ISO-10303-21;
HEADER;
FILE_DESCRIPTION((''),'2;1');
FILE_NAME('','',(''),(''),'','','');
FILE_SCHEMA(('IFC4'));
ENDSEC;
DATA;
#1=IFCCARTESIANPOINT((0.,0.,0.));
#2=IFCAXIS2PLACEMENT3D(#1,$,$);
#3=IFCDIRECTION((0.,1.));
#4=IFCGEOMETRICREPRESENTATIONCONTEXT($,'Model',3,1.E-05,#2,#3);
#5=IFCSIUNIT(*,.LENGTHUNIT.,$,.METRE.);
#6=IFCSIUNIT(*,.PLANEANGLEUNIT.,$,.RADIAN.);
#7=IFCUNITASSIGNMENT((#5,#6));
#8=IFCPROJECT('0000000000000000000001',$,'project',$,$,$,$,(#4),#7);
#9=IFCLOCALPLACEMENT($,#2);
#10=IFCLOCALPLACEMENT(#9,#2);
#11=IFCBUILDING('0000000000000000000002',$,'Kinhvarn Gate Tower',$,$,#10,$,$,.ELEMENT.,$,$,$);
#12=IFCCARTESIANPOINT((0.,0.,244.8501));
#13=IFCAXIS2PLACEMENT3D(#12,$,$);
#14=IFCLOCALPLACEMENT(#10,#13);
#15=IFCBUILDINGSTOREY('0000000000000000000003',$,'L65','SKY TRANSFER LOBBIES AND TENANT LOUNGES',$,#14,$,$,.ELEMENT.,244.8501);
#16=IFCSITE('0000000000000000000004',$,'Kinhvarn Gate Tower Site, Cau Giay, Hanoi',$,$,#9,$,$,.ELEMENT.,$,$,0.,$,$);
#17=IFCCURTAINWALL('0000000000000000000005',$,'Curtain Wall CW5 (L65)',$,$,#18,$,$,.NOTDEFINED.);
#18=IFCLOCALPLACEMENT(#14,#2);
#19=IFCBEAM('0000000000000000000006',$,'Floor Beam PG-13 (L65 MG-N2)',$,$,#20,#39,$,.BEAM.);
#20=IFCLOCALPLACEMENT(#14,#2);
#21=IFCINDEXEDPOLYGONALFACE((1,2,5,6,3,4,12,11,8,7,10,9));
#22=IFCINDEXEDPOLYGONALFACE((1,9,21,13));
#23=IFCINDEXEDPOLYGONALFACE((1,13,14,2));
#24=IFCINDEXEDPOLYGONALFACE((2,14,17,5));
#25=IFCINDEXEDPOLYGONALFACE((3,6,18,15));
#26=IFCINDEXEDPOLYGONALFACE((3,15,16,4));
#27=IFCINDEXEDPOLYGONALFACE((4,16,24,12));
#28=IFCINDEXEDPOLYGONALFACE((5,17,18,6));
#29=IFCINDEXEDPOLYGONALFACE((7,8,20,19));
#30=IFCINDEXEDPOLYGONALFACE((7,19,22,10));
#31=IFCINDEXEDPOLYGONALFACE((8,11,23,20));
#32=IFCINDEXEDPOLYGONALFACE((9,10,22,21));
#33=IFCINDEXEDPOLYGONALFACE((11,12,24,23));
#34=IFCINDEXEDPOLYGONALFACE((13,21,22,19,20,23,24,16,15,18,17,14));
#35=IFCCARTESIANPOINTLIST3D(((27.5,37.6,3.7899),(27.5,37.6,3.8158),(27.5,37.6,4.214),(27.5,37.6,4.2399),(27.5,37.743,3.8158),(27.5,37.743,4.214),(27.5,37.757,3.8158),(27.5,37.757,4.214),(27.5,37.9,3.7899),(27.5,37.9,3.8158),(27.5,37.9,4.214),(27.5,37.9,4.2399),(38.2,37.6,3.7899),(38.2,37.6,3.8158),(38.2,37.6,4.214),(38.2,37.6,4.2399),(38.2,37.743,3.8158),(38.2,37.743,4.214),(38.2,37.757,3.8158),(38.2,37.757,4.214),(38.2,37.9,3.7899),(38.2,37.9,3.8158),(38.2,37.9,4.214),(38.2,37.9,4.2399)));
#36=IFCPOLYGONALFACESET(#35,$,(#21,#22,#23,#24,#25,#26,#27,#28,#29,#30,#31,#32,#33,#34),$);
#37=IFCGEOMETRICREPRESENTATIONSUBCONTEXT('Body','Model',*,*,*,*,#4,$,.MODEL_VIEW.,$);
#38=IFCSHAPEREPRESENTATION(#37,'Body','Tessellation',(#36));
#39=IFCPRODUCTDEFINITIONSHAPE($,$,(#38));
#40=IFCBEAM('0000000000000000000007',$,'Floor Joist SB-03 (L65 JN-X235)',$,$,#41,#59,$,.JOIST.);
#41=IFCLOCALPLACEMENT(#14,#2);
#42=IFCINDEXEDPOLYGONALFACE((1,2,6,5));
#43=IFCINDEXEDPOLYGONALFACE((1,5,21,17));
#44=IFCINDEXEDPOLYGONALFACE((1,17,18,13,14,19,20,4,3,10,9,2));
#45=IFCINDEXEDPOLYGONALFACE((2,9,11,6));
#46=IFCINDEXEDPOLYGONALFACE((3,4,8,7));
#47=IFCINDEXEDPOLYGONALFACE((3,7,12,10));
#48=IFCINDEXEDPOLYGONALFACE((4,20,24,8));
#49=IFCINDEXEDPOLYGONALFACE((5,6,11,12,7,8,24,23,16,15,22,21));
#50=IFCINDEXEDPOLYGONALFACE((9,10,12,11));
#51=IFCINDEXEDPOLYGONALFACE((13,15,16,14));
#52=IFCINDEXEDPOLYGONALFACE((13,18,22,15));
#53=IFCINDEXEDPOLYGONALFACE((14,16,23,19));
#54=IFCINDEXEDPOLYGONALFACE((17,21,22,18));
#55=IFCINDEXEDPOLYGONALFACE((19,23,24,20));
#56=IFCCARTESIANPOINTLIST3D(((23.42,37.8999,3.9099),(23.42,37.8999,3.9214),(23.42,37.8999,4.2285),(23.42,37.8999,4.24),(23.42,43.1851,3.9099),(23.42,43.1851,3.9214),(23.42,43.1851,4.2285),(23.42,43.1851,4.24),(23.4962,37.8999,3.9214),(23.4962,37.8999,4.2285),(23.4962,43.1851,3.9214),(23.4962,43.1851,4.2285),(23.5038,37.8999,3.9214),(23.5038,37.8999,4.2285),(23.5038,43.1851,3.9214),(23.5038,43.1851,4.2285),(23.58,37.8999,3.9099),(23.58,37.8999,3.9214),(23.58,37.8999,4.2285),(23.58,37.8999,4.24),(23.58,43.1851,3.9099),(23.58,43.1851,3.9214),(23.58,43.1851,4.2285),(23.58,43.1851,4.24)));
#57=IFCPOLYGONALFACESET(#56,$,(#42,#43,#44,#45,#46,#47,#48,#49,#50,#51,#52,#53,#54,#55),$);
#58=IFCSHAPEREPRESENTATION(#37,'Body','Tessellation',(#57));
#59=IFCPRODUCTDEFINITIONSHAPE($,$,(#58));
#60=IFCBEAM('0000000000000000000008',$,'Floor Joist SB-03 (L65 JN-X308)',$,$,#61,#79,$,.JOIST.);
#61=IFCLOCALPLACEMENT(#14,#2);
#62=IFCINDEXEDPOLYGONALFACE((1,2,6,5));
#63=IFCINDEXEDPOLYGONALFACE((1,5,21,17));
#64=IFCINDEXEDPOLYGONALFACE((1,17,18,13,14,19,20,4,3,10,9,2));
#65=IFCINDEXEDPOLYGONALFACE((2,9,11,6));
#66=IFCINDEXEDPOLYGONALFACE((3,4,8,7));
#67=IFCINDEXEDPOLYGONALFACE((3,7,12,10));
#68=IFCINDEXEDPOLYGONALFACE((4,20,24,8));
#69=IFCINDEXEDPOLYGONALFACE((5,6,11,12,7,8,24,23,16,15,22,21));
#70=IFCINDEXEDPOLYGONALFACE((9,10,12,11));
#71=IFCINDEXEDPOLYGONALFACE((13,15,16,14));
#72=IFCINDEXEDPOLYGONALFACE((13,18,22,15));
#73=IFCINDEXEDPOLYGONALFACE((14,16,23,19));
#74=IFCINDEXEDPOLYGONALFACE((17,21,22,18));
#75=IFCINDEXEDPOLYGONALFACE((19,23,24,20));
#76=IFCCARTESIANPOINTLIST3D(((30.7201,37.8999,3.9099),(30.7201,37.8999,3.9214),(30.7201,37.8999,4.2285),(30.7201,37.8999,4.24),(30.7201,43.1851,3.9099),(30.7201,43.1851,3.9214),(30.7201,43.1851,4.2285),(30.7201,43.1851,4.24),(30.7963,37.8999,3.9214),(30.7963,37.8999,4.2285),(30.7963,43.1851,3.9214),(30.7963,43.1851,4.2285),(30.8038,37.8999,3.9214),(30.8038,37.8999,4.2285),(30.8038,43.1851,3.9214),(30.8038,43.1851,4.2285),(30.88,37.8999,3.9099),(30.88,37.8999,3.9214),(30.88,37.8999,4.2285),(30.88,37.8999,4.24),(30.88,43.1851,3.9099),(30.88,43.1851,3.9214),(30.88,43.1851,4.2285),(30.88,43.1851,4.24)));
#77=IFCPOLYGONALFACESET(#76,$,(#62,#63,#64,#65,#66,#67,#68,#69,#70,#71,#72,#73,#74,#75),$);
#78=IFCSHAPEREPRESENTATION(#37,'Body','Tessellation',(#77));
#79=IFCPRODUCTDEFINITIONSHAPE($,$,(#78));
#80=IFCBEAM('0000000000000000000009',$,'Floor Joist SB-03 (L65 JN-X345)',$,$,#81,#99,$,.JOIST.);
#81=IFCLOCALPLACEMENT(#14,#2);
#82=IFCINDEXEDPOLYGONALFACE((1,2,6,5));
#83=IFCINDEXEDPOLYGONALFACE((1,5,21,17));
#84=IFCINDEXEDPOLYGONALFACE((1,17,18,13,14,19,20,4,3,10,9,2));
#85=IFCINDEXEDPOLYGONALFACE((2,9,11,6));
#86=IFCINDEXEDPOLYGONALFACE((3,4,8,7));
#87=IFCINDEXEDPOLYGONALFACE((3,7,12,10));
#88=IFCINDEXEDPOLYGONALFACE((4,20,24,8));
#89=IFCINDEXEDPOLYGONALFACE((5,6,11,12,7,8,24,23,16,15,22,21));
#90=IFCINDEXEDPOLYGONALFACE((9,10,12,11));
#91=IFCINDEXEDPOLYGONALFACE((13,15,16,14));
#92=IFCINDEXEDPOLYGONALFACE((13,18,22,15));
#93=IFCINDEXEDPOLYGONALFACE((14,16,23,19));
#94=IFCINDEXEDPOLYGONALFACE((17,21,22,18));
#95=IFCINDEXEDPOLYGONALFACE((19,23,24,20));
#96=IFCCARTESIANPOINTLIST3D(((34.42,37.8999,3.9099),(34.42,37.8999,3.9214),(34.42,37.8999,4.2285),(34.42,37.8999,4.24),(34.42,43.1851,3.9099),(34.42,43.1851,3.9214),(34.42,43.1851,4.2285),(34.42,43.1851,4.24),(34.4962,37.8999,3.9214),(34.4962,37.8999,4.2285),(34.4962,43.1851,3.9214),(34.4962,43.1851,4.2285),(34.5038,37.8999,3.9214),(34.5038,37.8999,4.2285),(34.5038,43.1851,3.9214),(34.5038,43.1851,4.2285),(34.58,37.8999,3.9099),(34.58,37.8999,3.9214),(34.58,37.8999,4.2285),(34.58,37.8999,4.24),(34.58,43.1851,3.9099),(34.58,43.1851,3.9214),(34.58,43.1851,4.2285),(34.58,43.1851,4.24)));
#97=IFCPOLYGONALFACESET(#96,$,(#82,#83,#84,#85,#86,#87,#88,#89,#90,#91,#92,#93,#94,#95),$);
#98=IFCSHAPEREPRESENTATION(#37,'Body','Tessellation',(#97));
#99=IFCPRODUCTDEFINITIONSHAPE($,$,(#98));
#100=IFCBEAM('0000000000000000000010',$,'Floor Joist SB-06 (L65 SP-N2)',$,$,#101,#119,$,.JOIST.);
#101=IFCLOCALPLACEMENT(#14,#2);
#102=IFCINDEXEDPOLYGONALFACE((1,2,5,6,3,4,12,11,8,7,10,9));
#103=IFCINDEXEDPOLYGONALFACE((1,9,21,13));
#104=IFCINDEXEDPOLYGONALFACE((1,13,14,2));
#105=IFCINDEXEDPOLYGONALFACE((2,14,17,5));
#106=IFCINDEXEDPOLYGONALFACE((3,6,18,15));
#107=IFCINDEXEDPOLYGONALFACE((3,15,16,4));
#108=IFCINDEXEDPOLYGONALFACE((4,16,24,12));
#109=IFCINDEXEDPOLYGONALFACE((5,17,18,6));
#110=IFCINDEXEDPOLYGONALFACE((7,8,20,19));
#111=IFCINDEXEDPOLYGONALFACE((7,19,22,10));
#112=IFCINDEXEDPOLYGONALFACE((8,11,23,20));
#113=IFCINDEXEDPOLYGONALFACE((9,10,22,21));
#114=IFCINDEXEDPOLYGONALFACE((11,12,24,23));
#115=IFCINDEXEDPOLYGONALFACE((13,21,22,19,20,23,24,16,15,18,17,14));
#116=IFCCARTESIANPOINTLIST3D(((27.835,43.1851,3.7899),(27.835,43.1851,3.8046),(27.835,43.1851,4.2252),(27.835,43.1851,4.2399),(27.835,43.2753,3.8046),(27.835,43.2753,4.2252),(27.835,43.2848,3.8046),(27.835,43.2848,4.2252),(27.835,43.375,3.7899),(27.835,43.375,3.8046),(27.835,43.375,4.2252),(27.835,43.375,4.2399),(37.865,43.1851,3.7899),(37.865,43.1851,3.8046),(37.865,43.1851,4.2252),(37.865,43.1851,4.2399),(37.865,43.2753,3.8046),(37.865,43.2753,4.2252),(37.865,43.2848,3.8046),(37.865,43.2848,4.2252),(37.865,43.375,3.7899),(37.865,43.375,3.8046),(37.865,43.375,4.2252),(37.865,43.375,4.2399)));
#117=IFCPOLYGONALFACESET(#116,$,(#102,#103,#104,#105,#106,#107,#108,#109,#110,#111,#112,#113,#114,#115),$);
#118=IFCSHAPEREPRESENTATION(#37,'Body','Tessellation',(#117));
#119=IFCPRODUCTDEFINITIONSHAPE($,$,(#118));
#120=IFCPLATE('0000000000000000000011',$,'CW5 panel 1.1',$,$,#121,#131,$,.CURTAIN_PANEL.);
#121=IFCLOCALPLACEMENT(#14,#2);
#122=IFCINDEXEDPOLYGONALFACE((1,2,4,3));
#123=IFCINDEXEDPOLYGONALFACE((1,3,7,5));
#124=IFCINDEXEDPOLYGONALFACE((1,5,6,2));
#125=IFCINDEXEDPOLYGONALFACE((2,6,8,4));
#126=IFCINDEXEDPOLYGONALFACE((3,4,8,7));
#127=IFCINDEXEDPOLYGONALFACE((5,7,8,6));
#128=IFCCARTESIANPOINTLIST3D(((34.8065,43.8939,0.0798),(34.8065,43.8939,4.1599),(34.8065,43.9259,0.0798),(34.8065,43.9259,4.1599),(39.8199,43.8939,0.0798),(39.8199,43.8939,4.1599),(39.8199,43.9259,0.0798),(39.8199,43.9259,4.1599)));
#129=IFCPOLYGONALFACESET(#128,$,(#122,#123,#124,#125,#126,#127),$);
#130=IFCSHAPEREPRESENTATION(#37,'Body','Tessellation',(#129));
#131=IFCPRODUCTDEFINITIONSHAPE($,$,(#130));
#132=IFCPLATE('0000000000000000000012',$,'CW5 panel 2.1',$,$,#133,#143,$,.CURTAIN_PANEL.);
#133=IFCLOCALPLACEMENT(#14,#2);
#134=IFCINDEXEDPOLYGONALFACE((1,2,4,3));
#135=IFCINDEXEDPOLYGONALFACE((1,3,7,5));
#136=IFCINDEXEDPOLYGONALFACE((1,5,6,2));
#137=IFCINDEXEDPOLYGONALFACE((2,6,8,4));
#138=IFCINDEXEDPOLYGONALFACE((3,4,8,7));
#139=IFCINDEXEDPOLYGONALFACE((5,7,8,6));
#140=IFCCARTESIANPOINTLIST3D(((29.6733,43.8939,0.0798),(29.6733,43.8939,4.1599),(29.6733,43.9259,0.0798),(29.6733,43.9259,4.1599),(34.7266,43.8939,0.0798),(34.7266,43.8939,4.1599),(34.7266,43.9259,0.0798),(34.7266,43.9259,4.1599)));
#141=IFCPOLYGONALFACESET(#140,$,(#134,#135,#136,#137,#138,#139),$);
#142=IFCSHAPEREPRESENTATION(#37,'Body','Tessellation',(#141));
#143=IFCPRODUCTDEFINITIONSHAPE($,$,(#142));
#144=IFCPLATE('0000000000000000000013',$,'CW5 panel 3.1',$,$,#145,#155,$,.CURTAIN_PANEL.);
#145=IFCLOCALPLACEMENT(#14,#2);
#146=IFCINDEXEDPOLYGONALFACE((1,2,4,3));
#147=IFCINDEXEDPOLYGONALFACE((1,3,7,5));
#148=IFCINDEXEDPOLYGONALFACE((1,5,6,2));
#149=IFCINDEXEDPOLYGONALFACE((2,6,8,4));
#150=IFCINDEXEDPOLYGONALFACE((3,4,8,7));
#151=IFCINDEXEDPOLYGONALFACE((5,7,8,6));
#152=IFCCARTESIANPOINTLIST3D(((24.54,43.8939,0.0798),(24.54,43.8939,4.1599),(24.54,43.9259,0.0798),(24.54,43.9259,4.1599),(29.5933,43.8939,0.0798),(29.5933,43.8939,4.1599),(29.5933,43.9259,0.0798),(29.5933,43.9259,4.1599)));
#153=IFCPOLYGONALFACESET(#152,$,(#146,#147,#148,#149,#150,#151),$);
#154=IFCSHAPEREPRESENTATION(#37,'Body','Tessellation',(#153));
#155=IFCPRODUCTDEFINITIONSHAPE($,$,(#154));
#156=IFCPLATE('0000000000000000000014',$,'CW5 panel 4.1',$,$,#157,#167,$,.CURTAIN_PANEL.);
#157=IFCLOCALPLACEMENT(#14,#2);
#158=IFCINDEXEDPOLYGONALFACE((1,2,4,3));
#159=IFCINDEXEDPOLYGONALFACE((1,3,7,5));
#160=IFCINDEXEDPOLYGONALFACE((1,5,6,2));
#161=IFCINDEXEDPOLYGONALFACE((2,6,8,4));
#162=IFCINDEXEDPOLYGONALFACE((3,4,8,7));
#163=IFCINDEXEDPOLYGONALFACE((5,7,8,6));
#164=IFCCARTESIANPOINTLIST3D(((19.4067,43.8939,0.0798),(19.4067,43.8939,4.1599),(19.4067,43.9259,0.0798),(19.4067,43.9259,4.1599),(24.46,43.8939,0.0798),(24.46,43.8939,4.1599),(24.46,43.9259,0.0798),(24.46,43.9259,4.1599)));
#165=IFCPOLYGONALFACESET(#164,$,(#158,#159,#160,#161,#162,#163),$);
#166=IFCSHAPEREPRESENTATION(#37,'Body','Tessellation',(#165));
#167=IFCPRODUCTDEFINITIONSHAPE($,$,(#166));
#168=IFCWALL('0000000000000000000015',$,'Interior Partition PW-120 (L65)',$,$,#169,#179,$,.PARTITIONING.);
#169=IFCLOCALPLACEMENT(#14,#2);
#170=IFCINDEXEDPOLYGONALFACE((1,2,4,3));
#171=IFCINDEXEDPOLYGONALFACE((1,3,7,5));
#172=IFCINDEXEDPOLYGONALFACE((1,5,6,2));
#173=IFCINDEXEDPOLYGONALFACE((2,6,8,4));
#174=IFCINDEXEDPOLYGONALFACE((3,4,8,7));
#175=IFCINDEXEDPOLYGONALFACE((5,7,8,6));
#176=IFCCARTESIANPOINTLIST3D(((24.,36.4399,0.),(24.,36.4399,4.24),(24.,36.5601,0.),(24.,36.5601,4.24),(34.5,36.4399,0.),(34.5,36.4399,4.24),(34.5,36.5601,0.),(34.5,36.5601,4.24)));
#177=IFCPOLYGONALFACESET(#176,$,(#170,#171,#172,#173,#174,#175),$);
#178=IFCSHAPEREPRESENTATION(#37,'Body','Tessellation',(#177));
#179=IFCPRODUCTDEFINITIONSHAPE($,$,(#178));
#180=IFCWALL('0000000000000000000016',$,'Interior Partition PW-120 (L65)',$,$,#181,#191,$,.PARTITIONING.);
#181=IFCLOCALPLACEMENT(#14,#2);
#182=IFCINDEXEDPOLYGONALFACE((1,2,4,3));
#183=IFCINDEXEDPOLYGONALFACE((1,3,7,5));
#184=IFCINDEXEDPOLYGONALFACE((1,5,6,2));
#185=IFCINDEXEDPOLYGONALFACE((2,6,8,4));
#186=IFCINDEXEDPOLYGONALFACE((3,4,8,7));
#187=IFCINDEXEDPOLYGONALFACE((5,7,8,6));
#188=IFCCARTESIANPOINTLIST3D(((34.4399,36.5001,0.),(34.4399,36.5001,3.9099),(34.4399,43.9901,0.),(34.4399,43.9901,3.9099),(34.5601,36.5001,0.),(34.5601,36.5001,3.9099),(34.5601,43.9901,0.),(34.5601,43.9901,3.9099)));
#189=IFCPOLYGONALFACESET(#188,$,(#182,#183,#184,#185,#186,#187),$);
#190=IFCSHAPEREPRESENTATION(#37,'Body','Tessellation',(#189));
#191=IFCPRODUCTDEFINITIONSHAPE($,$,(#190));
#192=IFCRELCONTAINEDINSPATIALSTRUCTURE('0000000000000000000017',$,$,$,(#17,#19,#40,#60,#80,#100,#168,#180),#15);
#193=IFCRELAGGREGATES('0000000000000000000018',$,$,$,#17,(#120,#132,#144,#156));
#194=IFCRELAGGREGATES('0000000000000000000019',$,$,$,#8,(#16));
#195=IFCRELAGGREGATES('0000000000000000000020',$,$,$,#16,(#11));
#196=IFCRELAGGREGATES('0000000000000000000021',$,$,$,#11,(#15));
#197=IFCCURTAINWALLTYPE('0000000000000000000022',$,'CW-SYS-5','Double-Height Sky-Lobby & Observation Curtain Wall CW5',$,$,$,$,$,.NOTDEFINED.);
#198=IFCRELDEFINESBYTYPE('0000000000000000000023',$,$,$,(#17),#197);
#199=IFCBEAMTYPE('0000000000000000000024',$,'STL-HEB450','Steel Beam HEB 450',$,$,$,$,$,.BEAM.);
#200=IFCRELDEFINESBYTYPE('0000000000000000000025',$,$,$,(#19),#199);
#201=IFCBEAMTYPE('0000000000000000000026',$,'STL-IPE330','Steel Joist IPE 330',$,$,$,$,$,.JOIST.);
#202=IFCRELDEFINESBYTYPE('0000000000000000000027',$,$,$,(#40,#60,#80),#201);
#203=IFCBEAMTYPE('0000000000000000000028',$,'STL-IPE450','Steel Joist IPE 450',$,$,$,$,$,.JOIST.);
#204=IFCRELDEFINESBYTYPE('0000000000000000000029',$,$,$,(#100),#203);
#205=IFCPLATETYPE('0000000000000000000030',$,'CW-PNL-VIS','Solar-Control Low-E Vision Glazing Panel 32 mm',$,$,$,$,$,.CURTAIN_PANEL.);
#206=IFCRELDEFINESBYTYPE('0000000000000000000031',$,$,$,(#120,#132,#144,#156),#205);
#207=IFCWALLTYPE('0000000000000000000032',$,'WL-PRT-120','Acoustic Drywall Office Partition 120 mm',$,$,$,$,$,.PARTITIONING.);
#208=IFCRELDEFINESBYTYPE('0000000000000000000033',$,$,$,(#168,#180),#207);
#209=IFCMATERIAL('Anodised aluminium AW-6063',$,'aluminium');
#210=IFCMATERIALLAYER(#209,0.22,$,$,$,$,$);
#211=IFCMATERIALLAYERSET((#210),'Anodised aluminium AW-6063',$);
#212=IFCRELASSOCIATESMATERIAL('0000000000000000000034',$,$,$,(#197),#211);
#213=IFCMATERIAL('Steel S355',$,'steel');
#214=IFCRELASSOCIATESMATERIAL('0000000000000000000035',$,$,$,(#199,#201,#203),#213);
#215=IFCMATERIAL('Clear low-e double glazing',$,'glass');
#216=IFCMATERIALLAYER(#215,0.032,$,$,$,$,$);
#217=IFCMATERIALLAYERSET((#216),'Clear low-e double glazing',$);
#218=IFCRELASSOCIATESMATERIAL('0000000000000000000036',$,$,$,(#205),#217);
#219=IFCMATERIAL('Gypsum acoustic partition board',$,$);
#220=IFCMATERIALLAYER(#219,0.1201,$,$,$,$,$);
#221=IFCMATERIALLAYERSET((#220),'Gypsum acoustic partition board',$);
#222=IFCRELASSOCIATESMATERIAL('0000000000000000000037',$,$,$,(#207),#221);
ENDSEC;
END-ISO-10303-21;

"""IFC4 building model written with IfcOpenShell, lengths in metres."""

from ifc_helpers import new_model, si_unit, direction, frame, frame_2d, origin, origin_2d, place, context, subcontext, project, spatial, rectangle, i_section, extrude, material, layer, layer_set, material_profile, profile_set, type_object, element, aggregate, save


model = new_model("IFC4")

# Units and contexts
model_context = context("Model", 3, precision=1e-05, world=origin(), true_north=direction((0.0, 1.0)))
body_context = subcontext(model_context, "Body", "Model", "MODEL_VIEW")
ifc_project = project(units=[si_unit("LENGTHUNIT", "METRE"), si_unit("PLANEANGLEUNIT", "RADIAN")], contexts=[model_context])

# Site, building, storey
site_placement = place(None, origin())
site = spatial("IfcSite", under=ifc_project, at=site_placement, Name="Kinhvarn Gate Tower Site, Cau Giay, Hanoi", CompositionType="ELEMENT", RefElevation=0.0)
building_placement = place(site_placement, origin())
building = spatial("IfcBuilding", under=site, at=building_placement, Name="Kinhvarn Gate Tower", CompositionType="ELEMENT")
storey_placement = place(building_placement, frame((0.0, 0.0, 244.8501)))
storey = spatial("IfcBuildingStorey", under=building, at=storey_placement, Name="L65", Description="SKY TRANSFER LOBBIES AND TENANT LOUNGES", CompositionType="ELEMENT", Elevation=244.8501)

# Curtain wall
ifc_material_1 = material(Name="Anodised aluminium AW-6063", Category="aluminium")
ifc_layer_1 = layer(ifc_material_1, 0.22)
ifc_layer_set_1 = layer_set([ifc_layer_1], Name="Anodised aluminium AW-6063")
curtain_wall_type = type_object("IfcCurtainWallType", Name="CW-SYS-5", Description="Double-Height Sky-Lobby & Observation Curtain Wall CW5", PredefinedType="NOTDEFINED", material=ifc_layer_set_1)
curtain_wall_placement = place(storey_placement, origin())
curtain_wall = element("IfcCurtainWall", 1, at=curtain_wall_placement, inside=storey, type_object=curtain_wall_type, Name="Curtain Wall CW5 (L65)", PredefinedType="NOTDEFINED")

# Beams
ifc_material_2 = material(Name="Steel S355", Category="steel")
ifc_material_profile_1 = material_profile(ifc_material_2, i_section(OverallWidth=0.3, OverallDepth=0.45, WebThickness=0.0139, FlangeThickness=0.0259, at=origin_2d()), Name="HEB 450")
ifc_profile_set_1 = profile_set([ifc_material_profile_1], Name="Steel S355")
beam_type_1 = type_object("IfcBeamType", Name="STL-HEB450", Description="Steel Beam HEB 450", PredefinedType="BEAM", material=ifc_profile_set_1)
beam_1_placement = place(storey_placement, frame((27.5, 37.75, 4.0149), z_axis=(1.0, 0.0, 0.0), x_axis=(0.0, 1.0, 0.0)))
element("IfcBeam", 2, at=beam_1_placement, inside=storey, type_object=beam_type_1, Name="Floor Beam PG-13 (L65 MG-N2)", PredefinedType="BEAM", context=body_context, shape_type="SweptSolid", body=[
    extrude(i_section(OverallWidth=0.3, OverallDepth=0.45, WebThickness=0.0139, FlangeThickness=0.0259, at=origin_2d()), origin(), (0.0, 0.0, 1.0), 10.7),
])
ifc_material_profile_2 = material_profile(ifc_material_2, i_section(OverallWidth=0.1599, OverallDepth=0.3301, WebThickness=0.0076, FlangeThickness=0.0115, at=origin_2d()), Name="IPE 330")
ifc_profile_set_2 = profile_set([ifc_material_profile_2], Name="Steel S355")
beam_type_2 = type_object("IfcBeamType", Name="STL-IPE330", Description="Steel Joist IPE 330", PredefinedType="JOIST", material=ifc_profile_set_2)
for number, where, z_axis, x_axis, name in (
    (3, (23.5, 37.8999, 4.075), (0.0, 1.0, 0.0), (-1.0, 0.0, 0.0), "Floor Joist SB-03 (L65 JN-X235)"),
    (4, (30.8, 37.8999, 4.075), (0.0, 1.0, 0.0), (-1.0, 0.0, 0.0), "Floor Joist SB-03 (L65 JN-X308)"),
    (5, (34.5, 37.8999, 4.075), (0.0, 1.0, 0.0), (-1.0, 0.0, 0.0), "Floor Joist SB-03 (L65 JN-X345)"),
):
    element("IfcBeam", number, at=place(storey_placement, frame(where, z_axis=z_axis, x_axis=x_axis)), inside=storey, type_object=beam_type_2, Name=name, PredefinedType="JOIST", context=body_context, shape_type="SweptSolid", body=[
        extrude(i_section(OverallWidth=0.1599, OverallDepth=0.3301, WebThickness=0.0076, FlangeThickness=0.0115, at=origin_2d()), origin(), (0.0, 0.0, 1.0), 5.2852),
    ])
ifc_material_profile_3 = material_profile(ifc_material_2, i_section(OverallWidth=0.1899, OverallDepth=0.45, WebThickness=0.0095, FlangeThickness=0.0146, at=origin_2d()), Name="IPE 450")
ifc_profile_set_3 = profile_set([ifc_material_profile_3], Name="Steel S355")
beam_type_3 = type_object("IfcBeamType", Name="STL-IPE450", Description="Steel Joist IPE 450", PredefinedType="JOIST", material=ifc_profile_set_3)
beam_2_placement = place(storey_placement, frame((27.835, 43.28, 4.0149), z_axis=(1.0, 0.0, 0.0), x_axis=(0.0, 1.0, 0.0)))
element("IfcBeam", 6, at=beam_2_placement, inside=storey, type_object=beam_type_3, Name="Floor Joist SB-06 (L65 SP-N2)", PredefinedType="JOIST", context=body_context, shape_type="SweptSolid", body=[
    extrude(i_section(OverallWidth=0.1899, OverallDepth=0.45, WebThickness=0.0095, FlangeThickness=0.0146, at=origin_2d()), origin(), (0.0, 0.0, 1.0), 10.03),
])

# Plates
ifc_material_3 = material(Name="Clear low-e double glazing", Category="glass")
ifc_layer_2 = layer(ifc_material_3, 0.032)
ifc_layer_set_2 = layer_set([ifc_layer_2], Name="Clear low-e double glazing")
plate_type = type_object("IfcPlateType", Name="CW-PNL-VIS", Description="Solar-Control Low-E Vision Glazing Panel 32 mm", PredefinedType="CURTAIN_PANEL", material=ifc_layer_set_2)
plate_1_placement = place(storey_placement, frame((37.3132, 43.9099, 0.0798), z_axis=(0.0, 0.0, 1.0), x_axis=(-1.0, 0.0, 0.0)))
plate_1 = element("IfcPlate", 7, at=plate_1_placement, type_object=plate_type, Name="CW5 panel 1.1", PredefinedType="CURTAIN_PANEL", context=body_context, shape_type="SweptSolid", body=[
    extrude(rectangle(XDim=5.0134, YDim=0.032, at=origin_2d()), origin(), (0.0, 0.0, 1.0), 4.0801),
])
plate_2_placement = place(storey_placement, frame((32.2, 43.9099, 0.0798), z_axis=(0.0, 0.0, 1.0), x_axis=(-1.0, 0.0, 0.0)))
plate_2 = element("IfcPlate", 8, at=plate_2_placement, type_object=plate_type, Name="CW5 panel 2.1", PredefinedType="CURTAIN_PANEL", context=body_context, shape_type="SweptSolid", body=[
    extrude(rectangle(XDim=5.0532, YDim=0.032, at=origin_2d()), origin(), (0.0, 0.0, 1.0), 4.0801),
])
plate_3_placement = place(storey_placement, frame((27.0667, 43.9099, 0.0798), z_axis=(0.0, 0.0, 1.0), x_axis=(-1.0, 0.0, 0.0)))
plate_3 = element("IfcPlate", 9, at=plate_3_placement, type_object=plate_type, Name="CW5 panel 3.1", PredefinedType="CURTAIN_PANEL", context=body_context, shape_type="SweptSolid", body=[
    extrude(rectangle(XDim=5.0532, YDim=0.032, at=origin_2d()), origin(), (0.0, 0.0, 1.0), 4.0801),
])
plate_4_placement = place(storey_placement, frame((21.9333, 43.9099, 0.0798), z_axis=(0.0, 0.0, 1.0), x_axis=(-1.0, 0.0, 0.0)))
plate_4 = element("IfcPlate", 10, at=plate_4_placement, type_object=plate_type, Name="CW5 panel 4.1", PredefinedType="CURTAIN_PANEL", context=body_context, shape_type="SweptSolid", body=[
    extrude(rectangle(XDim=5.0532, YDim=0.032, at=origin_2d()), origin(), (0.0, 0.0, 1.0), 4.0801),
])
aggregate(curtain_wall, [plate_1, plate_2, plate_3, plate_4])

# Walls
ifc_material_4 = material(Name="Gypsum acoustic partition board")
ifc_layer_3 = layer(ifc_material_4, 0.1201)
ifc_layer_set_3 = layer_set([ifc_layer_3], Name="Gypsum acoustic partition board")
wall_type = type_object("IfcWallType", Name="WL-PRT-120", Description="Acoustic Drywall Office Partition 120 mm", PredefinedType="PARTITIONING", material=ifc_layer_set_3)
wall_1_placement = place(storey_placement, frame((24.0, 36.5, 0.0), z_axis=(0.0, 0.0, 1.0), x_axis=(1.0, 0.0, 0.0)))
element("IfcWall", 11, at=wall_1_placement, inside=storey, type_object=wall_type, Name="Interior Partition PW-120 (L65)", PredefinedType="PARTITIONING", context=body_context, shape_type="SweptSolid", body=[
    extrude(rectangle(XDim=10.5, YDim=0.1201, at=frame_2d((5.25, 0.0))), origin(), (0.0, 0.0, 1.0), 4.24),
])
wall_2_placement = place(storey_placement, frame((34.5, 36.5, 0.0), z_axis=(0.0, 0.0, 1.0), x_axis=(0.0, 1.0, 0.0)))
element("IfcWall", 12, at=wall_2_placement, inside=storey, type_object=wall_type, Name="Interior Partition PW-120 (L65)", PredefinedType="PARTITIONING", context=body_context, shape_type="SweptSolid", body=[
    extrude(rectangle(XDim=7.49, YDim=0.1201, at=frame_2d((3.7451, 0.0))), origin(), (0.0, 0.0, 1.0), 3.9099),
])

save(model, "model.ifc")
